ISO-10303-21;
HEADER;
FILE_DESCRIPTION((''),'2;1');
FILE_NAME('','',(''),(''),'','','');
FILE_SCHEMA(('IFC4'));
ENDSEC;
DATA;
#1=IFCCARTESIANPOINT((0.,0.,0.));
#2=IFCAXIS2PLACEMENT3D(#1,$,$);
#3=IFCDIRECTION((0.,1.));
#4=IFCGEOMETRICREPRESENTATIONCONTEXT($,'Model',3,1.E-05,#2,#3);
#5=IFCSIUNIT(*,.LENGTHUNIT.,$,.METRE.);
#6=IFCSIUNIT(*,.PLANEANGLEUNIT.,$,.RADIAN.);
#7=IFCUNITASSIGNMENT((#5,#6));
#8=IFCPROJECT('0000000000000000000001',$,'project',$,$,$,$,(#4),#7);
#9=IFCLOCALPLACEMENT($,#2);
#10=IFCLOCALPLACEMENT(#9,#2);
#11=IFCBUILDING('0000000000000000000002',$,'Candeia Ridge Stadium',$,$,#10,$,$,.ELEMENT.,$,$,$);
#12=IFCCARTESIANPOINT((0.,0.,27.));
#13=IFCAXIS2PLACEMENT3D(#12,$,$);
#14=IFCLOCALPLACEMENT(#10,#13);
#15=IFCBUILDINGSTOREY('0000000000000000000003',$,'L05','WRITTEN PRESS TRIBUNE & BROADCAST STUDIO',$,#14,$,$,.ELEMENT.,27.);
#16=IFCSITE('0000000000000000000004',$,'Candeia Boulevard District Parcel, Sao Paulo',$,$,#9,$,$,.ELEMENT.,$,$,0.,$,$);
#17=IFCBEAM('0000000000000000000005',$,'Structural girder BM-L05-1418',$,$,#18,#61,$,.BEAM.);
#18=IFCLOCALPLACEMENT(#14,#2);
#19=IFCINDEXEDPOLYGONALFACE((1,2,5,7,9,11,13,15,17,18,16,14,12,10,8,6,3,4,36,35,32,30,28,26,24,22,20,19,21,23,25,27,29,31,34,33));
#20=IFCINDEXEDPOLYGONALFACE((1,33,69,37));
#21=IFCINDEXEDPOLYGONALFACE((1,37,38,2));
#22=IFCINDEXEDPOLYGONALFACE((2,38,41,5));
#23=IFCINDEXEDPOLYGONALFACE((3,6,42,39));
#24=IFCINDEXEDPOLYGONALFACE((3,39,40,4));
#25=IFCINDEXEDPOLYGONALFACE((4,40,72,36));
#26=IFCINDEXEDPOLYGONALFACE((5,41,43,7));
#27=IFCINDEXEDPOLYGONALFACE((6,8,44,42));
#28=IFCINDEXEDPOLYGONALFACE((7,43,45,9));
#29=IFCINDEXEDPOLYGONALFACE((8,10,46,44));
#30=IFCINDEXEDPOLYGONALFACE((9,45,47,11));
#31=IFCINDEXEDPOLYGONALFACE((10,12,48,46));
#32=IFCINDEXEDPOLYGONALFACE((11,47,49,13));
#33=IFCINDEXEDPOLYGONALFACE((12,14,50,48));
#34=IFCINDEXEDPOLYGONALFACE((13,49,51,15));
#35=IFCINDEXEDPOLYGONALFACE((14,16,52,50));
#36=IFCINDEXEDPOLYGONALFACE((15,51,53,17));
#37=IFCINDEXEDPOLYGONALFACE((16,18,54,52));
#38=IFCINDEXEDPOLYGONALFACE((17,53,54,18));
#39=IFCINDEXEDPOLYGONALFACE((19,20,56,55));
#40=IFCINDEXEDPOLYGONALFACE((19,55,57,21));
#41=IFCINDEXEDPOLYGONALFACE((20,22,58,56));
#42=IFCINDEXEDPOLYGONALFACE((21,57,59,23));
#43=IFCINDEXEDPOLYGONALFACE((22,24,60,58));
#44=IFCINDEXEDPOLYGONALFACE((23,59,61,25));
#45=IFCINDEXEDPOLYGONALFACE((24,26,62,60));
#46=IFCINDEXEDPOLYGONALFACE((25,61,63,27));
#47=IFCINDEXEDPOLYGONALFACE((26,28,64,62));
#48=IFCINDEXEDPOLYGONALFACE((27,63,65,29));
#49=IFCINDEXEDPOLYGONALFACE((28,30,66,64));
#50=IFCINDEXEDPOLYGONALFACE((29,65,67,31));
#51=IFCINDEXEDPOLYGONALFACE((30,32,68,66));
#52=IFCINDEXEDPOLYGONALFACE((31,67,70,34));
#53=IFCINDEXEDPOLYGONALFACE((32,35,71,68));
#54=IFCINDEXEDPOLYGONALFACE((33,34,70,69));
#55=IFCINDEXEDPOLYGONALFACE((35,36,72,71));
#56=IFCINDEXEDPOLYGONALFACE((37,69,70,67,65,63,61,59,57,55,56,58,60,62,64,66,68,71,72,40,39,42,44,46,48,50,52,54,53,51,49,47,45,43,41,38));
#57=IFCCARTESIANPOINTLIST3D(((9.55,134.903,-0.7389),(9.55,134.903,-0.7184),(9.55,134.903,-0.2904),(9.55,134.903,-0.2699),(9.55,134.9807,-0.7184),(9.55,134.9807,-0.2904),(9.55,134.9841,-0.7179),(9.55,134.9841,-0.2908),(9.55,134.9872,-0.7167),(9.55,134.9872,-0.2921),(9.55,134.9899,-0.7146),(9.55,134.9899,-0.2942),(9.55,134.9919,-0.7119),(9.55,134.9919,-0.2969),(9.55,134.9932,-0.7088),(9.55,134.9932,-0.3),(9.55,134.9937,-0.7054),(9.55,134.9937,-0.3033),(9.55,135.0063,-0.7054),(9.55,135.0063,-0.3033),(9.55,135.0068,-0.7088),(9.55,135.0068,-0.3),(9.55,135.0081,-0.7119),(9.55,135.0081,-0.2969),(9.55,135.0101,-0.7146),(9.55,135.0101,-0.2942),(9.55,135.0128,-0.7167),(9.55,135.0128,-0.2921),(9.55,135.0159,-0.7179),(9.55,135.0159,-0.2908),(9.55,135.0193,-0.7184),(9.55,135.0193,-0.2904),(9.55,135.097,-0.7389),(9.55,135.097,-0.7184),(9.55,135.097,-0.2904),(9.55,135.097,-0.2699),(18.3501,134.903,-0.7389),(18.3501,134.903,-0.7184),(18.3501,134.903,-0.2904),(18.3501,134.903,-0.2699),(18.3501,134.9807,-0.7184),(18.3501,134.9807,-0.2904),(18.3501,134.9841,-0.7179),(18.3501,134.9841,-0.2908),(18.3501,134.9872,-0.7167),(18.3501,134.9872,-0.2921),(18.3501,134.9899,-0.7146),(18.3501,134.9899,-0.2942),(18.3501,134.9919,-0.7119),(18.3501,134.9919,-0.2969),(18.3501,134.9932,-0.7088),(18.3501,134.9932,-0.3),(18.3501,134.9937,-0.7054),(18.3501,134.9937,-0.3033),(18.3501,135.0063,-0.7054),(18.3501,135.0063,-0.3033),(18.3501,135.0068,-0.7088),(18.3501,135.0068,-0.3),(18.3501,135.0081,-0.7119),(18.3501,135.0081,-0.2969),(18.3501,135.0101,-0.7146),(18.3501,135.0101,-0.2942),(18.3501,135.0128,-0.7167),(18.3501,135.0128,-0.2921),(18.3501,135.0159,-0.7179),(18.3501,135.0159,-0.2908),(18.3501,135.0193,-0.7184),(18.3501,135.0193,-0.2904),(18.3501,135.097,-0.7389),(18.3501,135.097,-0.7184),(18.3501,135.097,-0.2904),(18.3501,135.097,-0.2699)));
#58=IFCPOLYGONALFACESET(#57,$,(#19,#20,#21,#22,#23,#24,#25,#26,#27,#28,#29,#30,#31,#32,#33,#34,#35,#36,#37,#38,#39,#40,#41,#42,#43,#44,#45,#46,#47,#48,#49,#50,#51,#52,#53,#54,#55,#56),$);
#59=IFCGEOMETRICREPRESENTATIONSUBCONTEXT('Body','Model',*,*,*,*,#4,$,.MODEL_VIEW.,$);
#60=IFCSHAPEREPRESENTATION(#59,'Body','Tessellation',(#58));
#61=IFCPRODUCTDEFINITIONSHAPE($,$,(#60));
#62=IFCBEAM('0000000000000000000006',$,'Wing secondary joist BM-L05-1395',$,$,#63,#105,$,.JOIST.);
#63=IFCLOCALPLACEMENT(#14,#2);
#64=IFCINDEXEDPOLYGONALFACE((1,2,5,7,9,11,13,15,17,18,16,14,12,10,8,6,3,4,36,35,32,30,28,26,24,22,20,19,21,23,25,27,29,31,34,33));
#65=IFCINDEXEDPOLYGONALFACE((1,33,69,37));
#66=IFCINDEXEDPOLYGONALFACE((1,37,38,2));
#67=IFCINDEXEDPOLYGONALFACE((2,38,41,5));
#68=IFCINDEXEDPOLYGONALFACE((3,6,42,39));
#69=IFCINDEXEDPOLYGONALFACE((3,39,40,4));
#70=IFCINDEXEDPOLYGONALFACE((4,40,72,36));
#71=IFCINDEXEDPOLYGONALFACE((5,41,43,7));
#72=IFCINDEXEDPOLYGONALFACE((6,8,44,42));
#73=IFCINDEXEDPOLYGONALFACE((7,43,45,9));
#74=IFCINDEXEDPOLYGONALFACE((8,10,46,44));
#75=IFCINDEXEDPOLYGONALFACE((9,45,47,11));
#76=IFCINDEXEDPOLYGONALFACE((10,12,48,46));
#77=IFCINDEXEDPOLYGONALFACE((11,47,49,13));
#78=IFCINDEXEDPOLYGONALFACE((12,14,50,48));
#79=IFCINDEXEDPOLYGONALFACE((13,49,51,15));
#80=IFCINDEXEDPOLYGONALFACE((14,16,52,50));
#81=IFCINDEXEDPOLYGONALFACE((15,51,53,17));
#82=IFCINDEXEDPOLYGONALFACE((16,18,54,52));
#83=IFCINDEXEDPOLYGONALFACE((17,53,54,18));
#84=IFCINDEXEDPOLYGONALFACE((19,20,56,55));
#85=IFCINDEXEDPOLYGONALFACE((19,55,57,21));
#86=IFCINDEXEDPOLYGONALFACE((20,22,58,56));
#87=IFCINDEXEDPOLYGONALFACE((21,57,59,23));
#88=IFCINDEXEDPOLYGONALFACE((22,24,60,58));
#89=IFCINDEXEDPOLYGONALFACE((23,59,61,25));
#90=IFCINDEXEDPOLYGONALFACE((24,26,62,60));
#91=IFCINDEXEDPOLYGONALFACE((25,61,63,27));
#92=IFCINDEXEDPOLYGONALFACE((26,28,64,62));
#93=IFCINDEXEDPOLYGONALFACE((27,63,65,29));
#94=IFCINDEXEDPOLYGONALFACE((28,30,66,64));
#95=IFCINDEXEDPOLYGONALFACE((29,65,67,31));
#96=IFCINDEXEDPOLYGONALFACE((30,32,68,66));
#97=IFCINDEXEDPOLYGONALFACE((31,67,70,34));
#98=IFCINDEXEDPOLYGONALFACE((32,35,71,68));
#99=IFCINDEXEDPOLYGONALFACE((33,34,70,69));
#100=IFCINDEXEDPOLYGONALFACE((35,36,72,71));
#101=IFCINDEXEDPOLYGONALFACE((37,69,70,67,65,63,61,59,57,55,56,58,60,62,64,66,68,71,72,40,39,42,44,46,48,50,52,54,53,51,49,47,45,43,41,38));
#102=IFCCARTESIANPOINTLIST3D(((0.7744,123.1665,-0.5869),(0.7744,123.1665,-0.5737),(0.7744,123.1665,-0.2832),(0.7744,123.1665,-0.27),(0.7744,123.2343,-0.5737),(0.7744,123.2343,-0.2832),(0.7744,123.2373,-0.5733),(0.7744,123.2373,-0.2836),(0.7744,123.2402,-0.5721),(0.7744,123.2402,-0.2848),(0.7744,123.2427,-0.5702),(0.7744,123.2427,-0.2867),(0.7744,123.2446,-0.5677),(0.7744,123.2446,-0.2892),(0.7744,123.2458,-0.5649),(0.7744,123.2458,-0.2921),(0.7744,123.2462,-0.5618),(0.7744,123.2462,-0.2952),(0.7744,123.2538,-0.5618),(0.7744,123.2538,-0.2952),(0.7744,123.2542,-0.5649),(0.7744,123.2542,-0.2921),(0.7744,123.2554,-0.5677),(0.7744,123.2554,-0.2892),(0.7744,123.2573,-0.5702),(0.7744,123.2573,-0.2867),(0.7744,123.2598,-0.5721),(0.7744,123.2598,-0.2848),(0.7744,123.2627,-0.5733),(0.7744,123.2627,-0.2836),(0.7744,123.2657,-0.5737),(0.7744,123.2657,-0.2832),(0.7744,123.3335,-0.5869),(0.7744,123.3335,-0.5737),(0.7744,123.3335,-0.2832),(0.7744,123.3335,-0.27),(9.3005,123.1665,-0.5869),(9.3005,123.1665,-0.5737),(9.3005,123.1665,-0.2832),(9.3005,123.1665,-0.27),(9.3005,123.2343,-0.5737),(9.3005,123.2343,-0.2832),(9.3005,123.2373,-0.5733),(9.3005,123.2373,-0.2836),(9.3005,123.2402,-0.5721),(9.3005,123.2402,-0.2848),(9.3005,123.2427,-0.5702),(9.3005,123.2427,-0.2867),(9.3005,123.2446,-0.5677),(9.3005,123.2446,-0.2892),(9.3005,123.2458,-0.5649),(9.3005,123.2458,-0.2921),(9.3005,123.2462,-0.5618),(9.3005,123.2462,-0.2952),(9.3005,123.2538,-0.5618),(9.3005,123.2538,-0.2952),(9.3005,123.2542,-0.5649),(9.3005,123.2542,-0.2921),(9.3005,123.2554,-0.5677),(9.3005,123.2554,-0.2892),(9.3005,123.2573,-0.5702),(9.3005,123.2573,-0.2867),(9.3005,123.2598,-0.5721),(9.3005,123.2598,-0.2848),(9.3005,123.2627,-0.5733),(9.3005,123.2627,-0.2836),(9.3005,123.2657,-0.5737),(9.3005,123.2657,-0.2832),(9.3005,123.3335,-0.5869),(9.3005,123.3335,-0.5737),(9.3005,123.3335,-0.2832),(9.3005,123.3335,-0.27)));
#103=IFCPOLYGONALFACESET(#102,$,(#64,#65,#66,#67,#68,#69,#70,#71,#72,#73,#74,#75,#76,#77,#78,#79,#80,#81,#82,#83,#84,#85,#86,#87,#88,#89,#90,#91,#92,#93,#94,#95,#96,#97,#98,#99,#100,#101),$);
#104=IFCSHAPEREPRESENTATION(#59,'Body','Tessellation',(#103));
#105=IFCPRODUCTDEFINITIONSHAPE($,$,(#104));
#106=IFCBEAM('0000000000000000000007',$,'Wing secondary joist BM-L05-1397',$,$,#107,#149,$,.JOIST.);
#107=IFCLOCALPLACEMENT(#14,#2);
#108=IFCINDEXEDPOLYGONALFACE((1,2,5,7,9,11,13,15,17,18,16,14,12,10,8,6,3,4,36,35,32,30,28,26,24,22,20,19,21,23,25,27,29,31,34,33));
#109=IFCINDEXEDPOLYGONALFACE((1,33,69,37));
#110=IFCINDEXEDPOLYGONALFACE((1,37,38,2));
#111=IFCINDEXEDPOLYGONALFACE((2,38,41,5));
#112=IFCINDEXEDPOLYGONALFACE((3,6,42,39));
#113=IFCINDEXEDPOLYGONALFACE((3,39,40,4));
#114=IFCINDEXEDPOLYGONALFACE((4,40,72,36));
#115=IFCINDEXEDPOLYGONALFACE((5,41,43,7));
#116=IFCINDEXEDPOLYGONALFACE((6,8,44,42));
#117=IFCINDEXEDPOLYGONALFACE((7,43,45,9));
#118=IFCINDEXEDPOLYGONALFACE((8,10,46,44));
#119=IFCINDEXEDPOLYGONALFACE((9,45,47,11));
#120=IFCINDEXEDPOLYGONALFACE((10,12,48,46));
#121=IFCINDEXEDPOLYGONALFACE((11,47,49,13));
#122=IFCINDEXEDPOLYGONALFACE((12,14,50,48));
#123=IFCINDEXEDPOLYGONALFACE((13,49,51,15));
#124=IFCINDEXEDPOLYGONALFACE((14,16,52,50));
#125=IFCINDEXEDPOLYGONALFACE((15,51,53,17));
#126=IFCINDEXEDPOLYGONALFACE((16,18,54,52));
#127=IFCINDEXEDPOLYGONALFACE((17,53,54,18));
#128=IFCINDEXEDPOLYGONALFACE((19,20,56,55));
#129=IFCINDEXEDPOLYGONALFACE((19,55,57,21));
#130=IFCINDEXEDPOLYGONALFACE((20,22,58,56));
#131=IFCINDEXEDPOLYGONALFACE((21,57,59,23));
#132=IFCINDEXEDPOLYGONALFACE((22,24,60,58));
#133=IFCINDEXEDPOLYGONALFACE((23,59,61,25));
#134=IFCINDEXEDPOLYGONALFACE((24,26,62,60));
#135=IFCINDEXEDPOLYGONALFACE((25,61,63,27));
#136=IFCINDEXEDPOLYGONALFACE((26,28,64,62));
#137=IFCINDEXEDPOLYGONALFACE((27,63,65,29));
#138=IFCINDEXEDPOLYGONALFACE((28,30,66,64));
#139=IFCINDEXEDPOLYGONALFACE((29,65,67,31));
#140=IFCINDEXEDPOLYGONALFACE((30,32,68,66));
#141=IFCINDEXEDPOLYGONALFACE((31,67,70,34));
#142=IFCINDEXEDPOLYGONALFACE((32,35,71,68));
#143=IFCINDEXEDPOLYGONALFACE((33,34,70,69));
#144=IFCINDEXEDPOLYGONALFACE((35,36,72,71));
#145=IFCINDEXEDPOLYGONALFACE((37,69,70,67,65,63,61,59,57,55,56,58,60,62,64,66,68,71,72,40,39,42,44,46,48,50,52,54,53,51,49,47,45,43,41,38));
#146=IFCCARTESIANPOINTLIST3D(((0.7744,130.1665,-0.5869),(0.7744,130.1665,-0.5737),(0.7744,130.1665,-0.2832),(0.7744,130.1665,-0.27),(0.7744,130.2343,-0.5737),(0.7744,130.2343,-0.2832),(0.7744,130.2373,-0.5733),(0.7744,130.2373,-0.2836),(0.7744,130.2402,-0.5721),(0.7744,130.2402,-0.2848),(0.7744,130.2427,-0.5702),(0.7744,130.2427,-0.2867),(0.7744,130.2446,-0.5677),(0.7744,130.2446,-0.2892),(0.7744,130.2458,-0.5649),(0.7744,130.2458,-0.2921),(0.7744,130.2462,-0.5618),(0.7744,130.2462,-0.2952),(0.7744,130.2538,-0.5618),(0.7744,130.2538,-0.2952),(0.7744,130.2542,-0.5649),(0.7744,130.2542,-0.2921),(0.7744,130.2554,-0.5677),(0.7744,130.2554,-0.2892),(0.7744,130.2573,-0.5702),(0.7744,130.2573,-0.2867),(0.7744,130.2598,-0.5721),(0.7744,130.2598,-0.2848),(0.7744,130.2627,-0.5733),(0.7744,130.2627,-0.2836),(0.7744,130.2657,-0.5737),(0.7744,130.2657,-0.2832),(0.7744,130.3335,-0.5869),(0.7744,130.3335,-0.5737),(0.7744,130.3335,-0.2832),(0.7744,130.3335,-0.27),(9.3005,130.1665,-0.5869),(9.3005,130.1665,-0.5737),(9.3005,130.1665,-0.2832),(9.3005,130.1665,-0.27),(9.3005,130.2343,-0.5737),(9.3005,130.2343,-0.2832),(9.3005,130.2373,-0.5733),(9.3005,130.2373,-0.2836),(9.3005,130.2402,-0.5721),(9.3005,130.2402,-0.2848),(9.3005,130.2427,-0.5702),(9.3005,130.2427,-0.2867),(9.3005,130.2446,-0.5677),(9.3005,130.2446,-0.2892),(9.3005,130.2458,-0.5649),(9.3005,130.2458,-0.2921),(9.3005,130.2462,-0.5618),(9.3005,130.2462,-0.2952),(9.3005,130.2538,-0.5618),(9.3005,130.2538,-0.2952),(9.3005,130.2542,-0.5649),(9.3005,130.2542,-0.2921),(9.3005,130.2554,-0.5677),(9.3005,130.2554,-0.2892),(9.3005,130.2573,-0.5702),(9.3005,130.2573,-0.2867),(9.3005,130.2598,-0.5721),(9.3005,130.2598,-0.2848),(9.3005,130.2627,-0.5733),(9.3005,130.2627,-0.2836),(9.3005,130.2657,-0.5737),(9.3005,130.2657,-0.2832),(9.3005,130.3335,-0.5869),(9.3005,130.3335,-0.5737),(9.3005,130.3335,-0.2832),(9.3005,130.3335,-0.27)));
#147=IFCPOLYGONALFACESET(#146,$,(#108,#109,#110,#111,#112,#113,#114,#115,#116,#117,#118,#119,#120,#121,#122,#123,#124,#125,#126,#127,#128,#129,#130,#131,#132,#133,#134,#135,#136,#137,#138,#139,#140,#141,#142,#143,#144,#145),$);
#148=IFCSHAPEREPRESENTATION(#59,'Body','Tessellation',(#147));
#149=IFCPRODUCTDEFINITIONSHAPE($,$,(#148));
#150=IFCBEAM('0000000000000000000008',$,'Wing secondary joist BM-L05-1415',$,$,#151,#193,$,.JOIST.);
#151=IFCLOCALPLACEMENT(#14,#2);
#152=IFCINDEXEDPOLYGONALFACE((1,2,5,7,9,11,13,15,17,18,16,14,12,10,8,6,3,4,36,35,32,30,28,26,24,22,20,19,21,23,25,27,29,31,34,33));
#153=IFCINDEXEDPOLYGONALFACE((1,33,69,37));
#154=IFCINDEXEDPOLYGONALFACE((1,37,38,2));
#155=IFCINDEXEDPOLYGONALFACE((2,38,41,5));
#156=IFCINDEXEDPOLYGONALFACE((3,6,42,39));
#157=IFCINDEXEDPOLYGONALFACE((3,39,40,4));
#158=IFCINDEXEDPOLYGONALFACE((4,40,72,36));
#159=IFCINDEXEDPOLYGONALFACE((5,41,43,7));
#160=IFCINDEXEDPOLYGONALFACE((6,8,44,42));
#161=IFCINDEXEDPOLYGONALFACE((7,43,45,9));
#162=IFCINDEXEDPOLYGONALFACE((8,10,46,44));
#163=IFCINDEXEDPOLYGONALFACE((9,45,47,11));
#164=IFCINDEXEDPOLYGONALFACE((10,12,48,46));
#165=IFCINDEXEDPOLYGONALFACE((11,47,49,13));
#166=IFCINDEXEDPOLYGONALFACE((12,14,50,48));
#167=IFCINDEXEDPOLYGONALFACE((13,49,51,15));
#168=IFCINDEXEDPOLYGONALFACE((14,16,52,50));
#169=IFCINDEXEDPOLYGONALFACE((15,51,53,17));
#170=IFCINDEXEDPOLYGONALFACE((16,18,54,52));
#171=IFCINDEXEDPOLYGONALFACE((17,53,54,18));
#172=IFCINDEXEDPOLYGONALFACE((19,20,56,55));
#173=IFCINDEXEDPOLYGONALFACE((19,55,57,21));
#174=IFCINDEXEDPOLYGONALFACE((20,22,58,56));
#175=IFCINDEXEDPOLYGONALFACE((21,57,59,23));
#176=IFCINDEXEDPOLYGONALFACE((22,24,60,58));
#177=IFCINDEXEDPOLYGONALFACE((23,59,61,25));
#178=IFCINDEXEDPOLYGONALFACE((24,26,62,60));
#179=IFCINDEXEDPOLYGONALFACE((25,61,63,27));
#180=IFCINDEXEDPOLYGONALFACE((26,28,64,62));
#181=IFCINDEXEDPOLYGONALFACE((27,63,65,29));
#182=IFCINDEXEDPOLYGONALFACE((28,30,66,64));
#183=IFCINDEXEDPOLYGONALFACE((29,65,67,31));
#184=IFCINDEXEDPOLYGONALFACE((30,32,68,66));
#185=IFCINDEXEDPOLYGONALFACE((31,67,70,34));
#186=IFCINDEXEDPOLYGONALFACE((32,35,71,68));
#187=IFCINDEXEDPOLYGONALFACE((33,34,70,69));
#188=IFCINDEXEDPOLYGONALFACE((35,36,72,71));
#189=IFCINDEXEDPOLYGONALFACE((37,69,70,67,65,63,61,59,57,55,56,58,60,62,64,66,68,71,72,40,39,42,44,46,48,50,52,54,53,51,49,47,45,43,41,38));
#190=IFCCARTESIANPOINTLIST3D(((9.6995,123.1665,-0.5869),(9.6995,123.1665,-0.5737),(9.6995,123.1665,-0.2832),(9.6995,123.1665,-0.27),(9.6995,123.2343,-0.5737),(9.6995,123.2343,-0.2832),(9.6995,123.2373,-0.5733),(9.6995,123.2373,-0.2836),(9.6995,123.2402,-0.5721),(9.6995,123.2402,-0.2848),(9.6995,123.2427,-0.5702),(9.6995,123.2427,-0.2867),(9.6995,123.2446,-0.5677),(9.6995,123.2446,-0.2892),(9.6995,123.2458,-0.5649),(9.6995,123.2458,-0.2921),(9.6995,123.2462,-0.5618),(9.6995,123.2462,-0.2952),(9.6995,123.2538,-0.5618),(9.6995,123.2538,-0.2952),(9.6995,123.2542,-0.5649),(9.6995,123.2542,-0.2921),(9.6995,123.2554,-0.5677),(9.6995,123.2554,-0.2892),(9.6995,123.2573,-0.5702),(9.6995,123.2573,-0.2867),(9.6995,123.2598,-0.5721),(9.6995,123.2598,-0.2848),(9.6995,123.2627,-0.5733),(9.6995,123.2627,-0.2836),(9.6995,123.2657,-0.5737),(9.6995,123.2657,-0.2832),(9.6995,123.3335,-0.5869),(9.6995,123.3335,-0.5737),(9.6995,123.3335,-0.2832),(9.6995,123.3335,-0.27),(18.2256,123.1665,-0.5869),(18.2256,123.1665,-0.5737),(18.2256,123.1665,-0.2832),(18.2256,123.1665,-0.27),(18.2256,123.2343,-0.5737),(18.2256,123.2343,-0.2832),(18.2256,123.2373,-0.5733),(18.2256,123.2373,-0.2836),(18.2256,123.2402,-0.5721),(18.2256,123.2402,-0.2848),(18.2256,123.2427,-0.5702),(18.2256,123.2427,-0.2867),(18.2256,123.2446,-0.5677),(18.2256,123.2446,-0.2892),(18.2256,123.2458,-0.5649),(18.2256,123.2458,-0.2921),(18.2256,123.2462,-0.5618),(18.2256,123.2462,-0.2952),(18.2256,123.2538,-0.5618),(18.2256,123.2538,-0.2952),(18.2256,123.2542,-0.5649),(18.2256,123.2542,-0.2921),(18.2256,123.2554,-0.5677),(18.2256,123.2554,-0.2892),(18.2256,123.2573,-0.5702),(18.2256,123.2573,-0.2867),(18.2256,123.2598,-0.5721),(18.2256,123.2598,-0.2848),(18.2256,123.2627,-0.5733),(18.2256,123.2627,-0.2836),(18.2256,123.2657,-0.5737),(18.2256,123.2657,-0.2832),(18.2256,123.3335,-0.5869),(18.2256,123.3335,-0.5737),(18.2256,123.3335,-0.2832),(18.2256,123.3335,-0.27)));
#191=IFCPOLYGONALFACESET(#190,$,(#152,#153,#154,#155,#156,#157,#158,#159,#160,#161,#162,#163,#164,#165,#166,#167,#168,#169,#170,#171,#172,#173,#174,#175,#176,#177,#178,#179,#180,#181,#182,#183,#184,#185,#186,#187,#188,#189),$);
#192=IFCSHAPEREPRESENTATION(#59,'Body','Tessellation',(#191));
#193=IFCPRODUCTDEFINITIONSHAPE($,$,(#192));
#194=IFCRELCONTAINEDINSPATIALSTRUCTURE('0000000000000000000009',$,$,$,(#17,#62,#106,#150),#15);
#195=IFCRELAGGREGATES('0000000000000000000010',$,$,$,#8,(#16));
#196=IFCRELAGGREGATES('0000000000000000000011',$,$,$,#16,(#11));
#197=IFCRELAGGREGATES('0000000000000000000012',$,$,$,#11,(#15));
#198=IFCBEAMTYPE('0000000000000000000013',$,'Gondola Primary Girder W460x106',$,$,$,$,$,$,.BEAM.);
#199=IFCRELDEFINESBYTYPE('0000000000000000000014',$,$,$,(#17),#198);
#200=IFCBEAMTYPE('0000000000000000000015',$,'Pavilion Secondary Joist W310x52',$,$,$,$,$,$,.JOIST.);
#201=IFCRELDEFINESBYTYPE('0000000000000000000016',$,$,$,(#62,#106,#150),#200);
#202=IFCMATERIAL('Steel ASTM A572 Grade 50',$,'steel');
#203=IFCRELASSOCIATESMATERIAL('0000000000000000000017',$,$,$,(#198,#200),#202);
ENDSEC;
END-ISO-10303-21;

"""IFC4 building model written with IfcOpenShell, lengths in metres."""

from ifc_helpers import new_model, si_unit, direction, frame, origin, origin_2d, place, context, subcontext, project, spatial, i_section, extrude, material, material_profile, profile_set, type_object, element, save


model = new_model("IFC4")

# Units and contexts
model_context = context("Model", 3, precision=1e-05, world=origin(), true_north=direction((0.0, 1.0)))
body_context = subcontext(model_context, "Body", "Model", "MODEL_VIEW")
ifc_project = project(units=[si_unit("LENGTHUNIT", "METRE"), si_unit("PLANEANGLEUNIT", "RADIAN")], contexts=[model_context])

# Site, building, storey
site_placement = place(None, origin())
site = spatial("IfcSite", under=ifc_project, at=site_placement, Name="Candeia Boulevard District Parcel, Sao Paulo", CompositionType="ELEMENT", RefElevation=0.0)
building_placement = place(site_placement, origin())
building = spatial("IfcBuilding", under=site, at=building_placement, Name="Candeia Ridge Stadium", CompositionType="ELEMENT")
storey_placement = place(building_placement, frame((0.0, 0.0, 27.0)))
storey = spatial("IfcBuildingStorey", under=building, at=storey_placement, Name="L05", Description="WRITTEN PRESS TRIBUNE & BROADCAST STUDIO", CompositionType="ELEMENT", Elevation=27.0)

# Shared definitions
ifc_material_1 = material(Name="Steel ASTM A572 Grade 50", Category="steel")

# Beams
ifc_material_profile_1 = material_profile(ifc_material_1, i_section(OverallWidth=0.1941, OverallDepth=0.469, WebThickness=0.0127, FlangeThickness=0.0205, FilletRadius=0.0129, at=origin_2d()), Name="W460x106", Category="steel")
ifc_profile_set_1 = profile_set([ifc_material_profile_1], Name="Steel ASTM A572 Grade 50")
beam_type_1 = type_object("IfcBeamType", Name="Gondola Primary Girder W460x106", PredefinedType="BEAM", material=ifc_profile_set_1)
for number, where, z_axis, x_axis, name in (
    (1, (9.55, 135.0, -0.5044), (1.0, 0.0, 0.0), (0.0, 1.0, 0.0), "Structural girder BM-L05-1418"),
):
    element("IfcBeam", number, at=place(storey_placement, frame(where, z_axis=z_axis, x_axis=x_axis)), inside=storey, type_object=beam_type_1, Name=name, PredefinedType="BEAM", context=body_context, shape_type="SweptSolid", body=[
        extrude(i_section(OverallWidth=0.1941, OverallDepth=0.469, WebThickness=0.0127, FlangeThickness=0.0205, FilletRadius=0.0129, at=origin_2d()), origin(), (0.0, 0.0, 1.0), 8.8),
    ])
ifc_material_profile_2 = material_profile(ifc_material_1, i_section(OverallWidth=0.167, OverallDepth=0.3169, WebThickness=0.0076, FlangeThickness=0.0132, FilletRadius=0.012, at=origin_2d()), Name="W310x52", Category="steel")
ifc_profile_set_2 = profile_set([ifc_material_profile_2], Name="Steel ASTM A572 Grade 50")
beam_type_2 = type_object("IfcBeamType", Name="Pavilion Secondary Joist W310x52", PredefinedType="JOIST", material=ifc_profile_set_2)
for number, where, z_axis, x_axis, name in (
    (2, (0.7744, 123.25, -0.4285), (1.0, 0.0, 0.0), (0.0, 1.0, 0.0), "Wing secondary joist BM-L05-1395"),
    (3, (0.7744, 130.25, -0.4285), (1.0, 0.0, 0.0), (0.0, 1.0, 0.0), "Wing secondary joist BM-L05-1397"),
    (4, (9.6995, 123.25, -0.4285), (1.0, 0.0, 0.0), (0.0, 1.0, 0.0), "Wing secondary joist BM-L05-1415"),
):
    element("IfcBeam", number, at=place(storey_placement, frame(where, z_axis=z_axis, x_axis=x_axis)), inside=storey, type_object=beam_type_2, Name=name, PredefinedType="JOIST", context=body_context, shape_type="SweptSolid", body=[
        extrude(i_section(OverallWidth=0.167, OverallDepth=0.3169, WebThickness=0.0076, FlangeThickness=0.0132, FilletRadius=0.012, at=origin_2d()), origin(), (0.0, 0.0, 1.0), 8.5261),
    ])

save(model, "model.ifc")
